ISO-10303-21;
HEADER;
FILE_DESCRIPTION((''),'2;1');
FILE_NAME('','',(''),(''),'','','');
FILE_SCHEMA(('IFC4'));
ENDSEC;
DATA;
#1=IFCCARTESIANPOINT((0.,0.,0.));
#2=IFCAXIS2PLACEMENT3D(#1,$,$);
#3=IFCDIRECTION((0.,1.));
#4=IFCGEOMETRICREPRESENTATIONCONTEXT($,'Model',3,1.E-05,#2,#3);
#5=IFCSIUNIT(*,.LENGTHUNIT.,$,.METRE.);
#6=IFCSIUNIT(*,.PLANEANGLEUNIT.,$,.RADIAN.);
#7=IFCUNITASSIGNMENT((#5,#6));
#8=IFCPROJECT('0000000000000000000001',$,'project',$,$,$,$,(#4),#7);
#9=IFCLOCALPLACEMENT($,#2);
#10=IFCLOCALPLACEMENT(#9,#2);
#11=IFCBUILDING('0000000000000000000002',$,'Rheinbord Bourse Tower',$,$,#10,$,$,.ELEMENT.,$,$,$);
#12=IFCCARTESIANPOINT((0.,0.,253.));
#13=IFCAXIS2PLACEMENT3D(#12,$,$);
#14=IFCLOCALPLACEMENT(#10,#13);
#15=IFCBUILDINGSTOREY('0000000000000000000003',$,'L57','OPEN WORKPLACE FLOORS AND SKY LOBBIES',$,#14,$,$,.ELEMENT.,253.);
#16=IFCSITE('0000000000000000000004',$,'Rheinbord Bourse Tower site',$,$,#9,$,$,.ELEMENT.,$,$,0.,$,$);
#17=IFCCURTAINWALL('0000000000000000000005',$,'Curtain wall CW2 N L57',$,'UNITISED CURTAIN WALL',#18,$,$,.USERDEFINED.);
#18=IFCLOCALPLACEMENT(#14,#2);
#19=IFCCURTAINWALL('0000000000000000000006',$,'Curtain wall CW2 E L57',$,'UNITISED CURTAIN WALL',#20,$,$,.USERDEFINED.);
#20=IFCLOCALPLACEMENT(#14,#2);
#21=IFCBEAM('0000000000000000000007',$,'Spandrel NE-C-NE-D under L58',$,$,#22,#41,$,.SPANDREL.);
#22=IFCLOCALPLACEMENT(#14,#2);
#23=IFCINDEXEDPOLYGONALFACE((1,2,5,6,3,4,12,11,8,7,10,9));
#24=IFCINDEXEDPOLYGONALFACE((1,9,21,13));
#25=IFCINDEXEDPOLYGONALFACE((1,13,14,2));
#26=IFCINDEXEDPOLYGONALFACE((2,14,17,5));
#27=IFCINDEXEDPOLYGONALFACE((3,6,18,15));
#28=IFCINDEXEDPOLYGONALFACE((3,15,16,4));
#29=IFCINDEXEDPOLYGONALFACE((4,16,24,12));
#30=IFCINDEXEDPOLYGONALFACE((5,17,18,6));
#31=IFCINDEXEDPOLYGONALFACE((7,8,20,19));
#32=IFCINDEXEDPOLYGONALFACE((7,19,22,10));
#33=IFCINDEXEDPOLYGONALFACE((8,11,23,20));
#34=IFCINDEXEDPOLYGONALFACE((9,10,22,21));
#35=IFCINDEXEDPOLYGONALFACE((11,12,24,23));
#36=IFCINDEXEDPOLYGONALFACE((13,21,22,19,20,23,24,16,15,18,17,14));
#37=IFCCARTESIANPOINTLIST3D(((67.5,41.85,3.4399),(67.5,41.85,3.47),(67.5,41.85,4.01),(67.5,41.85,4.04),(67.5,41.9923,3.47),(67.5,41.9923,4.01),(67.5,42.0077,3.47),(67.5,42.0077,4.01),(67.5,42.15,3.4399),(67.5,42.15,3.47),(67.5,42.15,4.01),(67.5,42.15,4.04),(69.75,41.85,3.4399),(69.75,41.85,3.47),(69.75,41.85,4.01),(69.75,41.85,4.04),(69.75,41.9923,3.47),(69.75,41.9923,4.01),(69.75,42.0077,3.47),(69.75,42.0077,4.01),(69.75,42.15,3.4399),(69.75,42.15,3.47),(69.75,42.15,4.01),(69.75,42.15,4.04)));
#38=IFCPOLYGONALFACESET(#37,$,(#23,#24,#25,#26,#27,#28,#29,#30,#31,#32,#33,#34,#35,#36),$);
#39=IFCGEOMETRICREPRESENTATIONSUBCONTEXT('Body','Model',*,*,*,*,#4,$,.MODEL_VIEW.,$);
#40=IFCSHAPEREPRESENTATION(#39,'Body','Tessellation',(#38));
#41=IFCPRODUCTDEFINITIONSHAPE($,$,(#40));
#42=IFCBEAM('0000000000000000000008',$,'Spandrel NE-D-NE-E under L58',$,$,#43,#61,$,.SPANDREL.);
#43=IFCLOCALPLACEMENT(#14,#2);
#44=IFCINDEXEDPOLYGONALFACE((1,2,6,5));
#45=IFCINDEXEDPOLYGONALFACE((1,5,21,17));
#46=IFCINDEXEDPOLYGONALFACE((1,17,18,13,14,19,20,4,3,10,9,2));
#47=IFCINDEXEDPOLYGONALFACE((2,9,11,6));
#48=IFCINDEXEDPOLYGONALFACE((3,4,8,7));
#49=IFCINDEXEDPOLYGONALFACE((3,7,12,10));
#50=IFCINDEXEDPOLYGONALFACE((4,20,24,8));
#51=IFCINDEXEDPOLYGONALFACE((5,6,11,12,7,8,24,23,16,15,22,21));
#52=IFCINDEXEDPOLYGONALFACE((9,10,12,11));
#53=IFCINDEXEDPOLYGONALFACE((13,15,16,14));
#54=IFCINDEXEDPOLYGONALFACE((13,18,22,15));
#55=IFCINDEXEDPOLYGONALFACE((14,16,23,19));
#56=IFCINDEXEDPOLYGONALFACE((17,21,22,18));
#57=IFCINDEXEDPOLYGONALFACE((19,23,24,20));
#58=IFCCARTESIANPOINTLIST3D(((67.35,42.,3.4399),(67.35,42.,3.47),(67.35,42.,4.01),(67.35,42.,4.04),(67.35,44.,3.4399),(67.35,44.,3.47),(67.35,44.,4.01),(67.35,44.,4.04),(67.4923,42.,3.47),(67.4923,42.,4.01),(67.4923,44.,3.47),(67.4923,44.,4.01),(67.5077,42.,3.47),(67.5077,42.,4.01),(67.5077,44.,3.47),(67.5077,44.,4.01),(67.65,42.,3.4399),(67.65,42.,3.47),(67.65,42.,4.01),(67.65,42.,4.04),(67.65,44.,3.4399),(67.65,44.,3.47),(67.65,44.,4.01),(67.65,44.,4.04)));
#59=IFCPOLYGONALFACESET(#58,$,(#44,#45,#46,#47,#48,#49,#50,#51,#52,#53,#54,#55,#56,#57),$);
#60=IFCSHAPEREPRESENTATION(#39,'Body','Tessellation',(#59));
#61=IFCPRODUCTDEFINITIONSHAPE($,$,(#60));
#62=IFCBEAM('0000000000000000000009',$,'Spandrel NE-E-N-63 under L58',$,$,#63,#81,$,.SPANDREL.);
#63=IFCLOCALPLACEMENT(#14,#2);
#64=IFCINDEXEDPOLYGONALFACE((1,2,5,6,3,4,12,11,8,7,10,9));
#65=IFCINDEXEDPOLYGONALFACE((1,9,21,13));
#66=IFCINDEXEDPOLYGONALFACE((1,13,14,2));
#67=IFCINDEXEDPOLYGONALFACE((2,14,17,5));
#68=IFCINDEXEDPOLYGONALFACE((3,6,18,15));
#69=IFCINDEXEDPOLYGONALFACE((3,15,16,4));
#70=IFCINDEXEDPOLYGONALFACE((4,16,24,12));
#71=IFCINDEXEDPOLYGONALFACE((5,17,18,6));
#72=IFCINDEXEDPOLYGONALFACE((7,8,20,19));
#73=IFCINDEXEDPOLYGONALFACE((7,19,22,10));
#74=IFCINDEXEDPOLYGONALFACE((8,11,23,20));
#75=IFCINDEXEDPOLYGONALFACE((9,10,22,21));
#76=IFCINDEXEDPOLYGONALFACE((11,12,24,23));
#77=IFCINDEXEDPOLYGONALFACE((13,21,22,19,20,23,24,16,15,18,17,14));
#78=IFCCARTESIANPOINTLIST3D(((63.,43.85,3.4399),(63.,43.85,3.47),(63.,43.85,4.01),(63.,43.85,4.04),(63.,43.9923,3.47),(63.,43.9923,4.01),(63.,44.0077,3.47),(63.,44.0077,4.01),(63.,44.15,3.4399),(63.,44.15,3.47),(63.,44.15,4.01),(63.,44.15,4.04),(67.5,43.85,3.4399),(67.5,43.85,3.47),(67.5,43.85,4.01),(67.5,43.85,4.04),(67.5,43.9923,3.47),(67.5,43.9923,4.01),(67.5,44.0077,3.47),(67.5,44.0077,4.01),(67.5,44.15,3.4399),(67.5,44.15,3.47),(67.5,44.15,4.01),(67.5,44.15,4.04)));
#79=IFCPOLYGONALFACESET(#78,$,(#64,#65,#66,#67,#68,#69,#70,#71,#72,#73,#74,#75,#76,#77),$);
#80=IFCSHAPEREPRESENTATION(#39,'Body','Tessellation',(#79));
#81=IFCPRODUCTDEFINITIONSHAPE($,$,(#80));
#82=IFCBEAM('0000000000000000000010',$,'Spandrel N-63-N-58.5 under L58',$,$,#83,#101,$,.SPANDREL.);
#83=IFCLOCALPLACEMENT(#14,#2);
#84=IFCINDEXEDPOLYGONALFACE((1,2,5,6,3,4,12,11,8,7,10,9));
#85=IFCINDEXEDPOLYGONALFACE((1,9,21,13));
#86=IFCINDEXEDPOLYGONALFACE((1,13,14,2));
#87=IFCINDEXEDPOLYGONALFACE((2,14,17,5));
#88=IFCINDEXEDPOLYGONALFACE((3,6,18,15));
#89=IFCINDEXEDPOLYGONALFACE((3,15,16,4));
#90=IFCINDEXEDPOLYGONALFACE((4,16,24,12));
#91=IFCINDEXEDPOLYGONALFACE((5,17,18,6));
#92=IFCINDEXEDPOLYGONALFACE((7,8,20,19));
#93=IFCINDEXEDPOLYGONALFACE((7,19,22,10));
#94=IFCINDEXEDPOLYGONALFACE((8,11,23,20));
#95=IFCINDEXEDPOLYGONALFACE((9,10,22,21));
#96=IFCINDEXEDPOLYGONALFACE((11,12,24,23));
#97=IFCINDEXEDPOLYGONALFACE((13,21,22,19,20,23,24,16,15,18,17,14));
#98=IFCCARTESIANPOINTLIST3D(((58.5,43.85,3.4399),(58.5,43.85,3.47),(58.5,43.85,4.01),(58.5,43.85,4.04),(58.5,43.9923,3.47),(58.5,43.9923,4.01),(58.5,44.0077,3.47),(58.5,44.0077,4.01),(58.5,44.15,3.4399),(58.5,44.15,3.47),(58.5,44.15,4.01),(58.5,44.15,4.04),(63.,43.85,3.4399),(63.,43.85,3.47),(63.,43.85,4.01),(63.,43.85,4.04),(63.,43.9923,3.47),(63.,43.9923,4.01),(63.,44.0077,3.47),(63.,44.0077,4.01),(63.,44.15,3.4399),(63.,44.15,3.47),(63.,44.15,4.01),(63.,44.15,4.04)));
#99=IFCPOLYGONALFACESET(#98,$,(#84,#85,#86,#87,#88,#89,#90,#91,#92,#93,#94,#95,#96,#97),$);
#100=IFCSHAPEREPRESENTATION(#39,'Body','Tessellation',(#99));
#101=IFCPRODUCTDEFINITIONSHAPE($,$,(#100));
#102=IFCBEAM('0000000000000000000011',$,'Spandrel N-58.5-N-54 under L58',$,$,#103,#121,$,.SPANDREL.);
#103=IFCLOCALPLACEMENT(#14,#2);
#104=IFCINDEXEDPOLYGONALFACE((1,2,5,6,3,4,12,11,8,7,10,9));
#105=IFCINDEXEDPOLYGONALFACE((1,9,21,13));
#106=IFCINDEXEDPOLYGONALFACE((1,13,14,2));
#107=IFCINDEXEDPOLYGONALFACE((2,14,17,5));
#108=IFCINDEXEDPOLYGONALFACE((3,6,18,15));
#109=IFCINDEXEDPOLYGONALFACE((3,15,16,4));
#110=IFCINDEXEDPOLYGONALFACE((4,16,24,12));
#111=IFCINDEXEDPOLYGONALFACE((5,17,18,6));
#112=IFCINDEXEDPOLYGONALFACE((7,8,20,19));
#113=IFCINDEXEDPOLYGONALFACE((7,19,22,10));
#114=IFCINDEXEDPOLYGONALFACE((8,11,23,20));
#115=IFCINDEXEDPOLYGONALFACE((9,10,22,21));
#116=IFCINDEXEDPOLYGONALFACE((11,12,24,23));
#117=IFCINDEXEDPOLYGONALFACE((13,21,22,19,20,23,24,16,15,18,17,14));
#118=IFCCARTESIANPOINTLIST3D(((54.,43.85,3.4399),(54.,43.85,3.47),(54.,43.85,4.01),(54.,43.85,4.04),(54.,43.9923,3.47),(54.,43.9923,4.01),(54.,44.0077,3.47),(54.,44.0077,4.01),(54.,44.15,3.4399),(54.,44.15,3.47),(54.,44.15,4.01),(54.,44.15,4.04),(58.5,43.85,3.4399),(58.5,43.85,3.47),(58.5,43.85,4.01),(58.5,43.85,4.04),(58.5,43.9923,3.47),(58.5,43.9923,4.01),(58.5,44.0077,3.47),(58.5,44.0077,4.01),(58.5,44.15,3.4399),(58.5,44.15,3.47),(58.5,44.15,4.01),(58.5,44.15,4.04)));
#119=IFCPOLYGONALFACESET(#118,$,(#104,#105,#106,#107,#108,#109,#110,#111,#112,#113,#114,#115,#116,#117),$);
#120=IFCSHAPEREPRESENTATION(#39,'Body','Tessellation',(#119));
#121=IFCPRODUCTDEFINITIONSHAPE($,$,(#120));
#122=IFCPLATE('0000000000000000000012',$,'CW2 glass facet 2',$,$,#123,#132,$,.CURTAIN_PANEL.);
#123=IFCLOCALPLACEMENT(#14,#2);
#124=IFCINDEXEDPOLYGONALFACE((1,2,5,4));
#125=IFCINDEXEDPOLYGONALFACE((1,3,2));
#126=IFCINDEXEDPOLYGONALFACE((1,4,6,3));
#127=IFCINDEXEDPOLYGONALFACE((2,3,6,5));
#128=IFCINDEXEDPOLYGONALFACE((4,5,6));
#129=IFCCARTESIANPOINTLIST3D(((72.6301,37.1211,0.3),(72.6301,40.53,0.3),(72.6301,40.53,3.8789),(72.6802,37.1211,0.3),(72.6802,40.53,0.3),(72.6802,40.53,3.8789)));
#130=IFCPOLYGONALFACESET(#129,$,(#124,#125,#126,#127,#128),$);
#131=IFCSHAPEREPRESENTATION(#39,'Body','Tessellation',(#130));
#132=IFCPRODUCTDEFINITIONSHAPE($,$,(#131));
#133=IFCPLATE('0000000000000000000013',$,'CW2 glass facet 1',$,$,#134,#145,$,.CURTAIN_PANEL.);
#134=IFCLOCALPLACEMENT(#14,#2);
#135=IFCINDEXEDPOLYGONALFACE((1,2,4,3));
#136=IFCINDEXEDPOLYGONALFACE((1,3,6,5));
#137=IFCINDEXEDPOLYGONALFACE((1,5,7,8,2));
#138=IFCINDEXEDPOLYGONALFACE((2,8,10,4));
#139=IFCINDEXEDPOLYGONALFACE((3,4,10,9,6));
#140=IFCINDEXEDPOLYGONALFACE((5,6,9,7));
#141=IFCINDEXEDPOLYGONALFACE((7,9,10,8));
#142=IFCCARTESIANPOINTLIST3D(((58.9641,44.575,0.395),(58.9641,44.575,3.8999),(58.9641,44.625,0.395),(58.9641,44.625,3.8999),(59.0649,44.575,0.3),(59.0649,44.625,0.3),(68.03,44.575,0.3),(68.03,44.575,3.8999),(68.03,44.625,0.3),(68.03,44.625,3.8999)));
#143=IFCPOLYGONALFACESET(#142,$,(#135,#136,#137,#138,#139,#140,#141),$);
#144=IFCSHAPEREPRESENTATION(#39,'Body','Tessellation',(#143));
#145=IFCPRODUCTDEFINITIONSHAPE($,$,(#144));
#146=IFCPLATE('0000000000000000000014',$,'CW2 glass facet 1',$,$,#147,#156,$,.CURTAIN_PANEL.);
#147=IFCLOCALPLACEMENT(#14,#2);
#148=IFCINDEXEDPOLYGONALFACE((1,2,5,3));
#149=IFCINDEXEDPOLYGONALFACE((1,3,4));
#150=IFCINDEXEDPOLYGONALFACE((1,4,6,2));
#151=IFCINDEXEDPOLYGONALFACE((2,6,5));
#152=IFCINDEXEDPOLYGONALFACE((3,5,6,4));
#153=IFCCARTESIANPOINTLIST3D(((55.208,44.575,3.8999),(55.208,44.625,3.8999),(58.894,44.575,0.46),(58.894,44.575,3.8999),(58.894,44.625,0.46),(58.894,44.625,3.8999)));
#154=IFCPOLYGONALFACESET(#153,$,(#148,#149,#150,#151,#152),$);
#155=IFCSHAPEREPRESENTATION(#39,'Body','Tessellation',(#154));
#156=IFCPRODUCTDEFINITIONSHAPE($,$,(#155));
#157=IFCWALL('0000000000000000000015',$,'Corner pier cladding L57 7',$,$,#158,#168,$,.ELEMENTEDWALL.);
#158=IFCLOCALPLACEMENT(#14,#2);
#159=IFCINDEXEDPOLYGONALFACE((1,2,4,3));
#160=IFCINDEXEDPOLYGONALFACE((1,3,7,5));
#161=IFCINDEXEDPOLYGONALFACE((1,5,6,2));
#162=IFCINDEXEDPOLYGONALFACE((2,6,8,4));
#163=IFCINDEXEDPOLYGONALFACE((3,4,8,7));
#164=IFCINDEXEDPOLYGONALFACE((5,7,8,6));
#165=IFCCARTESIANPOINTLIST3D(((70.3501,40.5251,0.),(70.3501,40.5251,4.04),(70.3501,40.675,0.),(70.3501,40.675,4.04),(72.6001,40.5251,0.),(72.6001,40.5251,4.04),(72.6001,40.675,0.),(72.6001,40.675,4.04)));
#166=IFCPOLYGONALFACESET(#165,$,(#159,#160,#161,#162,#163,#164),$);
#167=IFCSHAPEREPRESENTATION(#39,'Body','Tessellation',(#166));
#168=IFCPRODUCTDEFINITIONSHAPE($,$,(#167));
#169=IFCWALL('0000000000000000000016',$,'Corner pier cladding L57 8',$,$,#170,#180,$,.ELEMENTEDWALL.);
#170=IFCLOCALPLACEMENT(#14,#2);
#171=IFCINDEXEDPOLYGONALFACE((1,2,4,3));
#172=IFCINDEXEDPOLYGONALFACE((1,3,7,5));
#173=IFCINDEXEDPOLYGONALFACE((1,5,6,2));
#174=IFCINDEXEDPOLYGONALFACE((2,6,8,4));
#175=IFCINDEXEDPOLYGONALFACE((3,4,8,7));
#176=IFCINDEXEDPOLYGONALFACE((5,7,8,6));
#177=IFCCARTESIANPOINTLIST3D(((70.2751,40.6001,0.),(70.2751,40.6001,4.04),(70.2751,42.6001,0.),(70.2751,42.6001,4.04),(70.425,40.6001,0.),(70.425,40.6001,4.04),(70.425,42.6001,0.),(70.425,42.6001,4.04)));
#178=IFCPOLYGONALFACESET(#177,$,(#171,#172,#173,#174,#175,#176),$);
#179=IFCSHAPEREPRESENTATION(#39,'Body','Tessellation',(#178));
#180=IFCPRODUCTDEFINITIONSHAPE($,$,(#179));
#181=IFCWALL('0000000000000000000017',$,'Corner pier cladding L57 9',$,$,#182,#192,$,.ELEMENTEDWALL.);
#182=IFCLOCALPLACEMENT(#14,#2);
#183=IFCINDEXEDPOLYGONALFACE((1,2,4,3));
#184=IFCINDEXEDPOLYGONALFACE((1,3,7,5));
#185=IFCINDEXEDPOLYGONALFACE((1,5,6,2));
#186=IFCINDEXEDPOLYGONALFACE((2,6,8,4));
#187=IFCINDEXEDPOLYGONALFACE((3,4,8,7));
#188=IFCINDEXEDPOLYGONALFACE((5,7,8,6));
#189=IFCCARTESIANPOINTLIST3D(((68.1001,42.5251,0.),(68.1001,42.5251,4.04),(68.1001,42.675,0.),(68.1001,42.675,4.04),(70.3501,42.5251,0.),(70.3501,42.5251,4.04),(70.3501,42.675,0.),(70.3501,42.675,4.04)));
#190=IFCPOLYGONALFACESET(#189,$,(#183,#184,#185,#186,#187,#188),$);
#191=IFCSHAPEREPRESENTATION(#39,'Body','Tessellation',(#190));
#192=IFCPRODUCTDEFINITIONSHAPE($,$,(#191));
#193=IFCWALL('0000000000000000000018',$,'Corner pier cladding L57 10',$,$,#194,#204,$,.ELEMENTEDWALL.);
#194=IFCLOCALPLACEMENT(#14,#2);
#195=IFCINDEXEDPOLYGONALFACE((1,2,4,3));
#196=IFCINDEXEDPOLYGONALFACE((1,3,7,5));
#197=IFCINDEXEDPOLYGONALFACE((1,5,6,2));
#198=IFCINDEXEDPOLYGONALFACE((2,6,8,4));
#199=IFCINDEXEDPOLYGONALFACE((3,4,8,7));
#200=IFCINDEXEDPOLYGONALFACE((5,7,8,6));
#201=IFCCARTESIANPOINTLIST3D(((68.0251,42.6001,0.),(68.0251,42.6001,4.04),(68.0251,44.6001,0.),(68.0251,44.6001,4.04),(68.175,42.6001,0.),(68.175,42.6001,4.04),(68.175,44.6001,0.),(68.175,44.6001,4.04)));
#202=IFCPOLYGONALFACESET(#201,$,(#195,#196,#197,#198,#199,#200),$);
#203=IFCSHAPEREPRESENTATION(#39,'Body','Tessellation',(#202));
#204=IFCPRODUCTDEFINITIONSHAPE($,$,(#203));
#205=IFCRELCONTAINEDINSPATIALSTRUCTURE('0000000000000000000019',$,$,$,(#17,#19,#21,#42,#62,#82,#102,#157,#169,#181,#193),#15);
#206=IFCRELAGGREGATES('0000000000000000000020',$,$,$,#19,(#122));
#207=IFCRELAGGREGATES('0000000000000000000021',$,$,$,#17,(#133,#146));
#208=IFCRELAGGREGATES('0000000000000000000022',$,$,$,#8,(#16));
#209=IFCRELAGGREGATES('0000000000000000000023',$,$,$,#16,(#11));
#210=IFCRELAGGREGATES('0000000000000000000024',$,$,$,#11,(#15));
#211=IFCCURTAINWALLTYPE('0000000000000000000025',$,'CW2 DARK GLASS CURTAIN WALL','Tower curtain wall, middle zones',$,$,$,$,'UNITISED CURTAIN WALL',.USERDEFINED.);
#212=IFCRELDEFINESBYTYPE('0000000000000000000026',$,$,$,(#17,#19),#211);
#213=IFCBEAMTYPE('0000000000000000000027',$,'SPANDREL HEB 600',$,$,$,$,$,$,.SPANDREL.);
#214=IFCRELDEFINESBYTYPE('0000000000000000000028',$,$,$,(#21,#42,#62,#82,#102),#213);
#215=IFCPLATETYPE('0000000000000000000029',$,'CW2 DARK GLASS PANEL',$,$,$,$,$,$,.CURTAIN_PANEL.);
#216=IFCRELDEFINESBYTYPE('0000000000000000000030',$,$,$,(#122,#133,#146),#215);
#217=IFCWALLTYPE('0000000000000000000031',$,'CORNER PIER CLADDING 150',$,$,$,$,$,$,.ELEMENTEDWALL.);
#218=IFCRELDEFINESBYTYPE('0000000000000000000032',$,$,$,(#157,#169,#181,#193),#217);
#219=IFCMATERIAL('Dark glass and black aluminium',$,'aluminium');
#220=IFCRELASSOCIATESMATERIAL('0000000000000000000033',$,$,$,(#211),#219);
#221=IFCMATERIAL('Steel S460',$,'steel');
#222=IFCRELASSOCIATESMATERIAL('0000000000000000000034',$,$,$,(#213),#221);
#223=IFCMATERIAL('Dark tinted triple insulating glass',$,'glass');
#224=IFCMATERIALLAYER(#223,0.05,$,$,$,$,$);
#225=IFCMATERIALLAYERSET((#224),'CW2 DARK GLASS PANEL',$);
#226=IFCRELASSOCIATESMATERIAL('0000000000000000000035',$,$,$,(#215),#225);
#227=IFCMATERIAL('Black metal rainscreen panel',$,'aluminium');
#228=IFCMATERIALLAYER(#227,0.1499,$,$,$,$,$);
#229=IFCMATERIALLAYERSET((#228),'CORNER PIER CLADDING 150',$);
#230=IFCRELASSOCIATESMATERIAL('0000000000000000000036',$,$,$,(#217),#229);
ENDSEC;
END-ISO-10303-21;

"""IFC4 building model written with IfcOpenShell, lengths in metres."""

from ifc_helpers import new_model, si_unit, direction, frame, frame_2d, origin, origin_2d, place, context, subcontext, project, spatial, polyline, rectangle, i_section, outline, extrude, material, layer, layer_set, material_profile, profile_set, type_object, element, aggregate, save


model = new_model("IFC4")

# Units and contexts
model_context = context("Model", 3, precision=1e-05, world=origin(), true_north=direction((0.0, 1.0)))
body_context = subcontext(model_context, "Body", "Model", "MODEL_VIEW")
ifc_project = project(units=[si_unit("LENGTHUNIT", "METRE"), si_unit("PLANEANGLEUNIT", "RADIAN")], contexts=[model_context])

# Site, building, storey
site_placement = place(None, origin())
site = spatial("IfcSite", under=ifc_project, at=site_placement, Name="Rheinbord Bourse Tower site", CompositionType="ELEMENT", RefElevation=0.0)
building_placement = place(site_placement, origin())
building = spatial("IfcBuilding", under=site, at=building_placement, Name="Rheinbord Bourse Tower", CompositionType="ELEMENT")
storey_placement = place(building_placement, frame((0.0, 0.0, 253.0)))
storey = spatial("IfcBuildingStorey", under=building, at=storey_placement, Name="L57", Description="OPEN WORKPLACE FLOORS AND SKY LOBBIES", CompositionType="ELEMENT", Elevation=253.0)

# Curtain walls
ifc_material_1 = material(Name="Dark glass and black aluminium", Category="aluminium")
curtain_wall_type = type_object("IfcCurtainWallType", Name="CW2 DARK GLASS CURTAIN WALL", Description="Tower curtain wall, middle zones", ElementType="UNITISED CURTAIN WALL", PredefinedType="USERDEFINED", material=ifc_material_1)
curtain_wall_1_placement = place(storey_placement, origin())
curtain_wall_1 = element("IfcCurtainWall", 1, at=curtain_wall_1_placement, inside=storey, type_object=curtain_wall_type, Name="Curtain wall CW2 N L57", ObjectType="UNITISED CURTAIN WALL", PredefinedType="USERDEFINED")
curtain_wall_2_placement = place(storey_placement, origin())
curtain_wall_2 = element("IfcCurtainWall", 2, at=curtain_wall_2_placement, inside=storey, type_object=curtain_wall_type, Name="Curtain wall CW2 E L57", ObjectType="UNITISED CURTAIN WALL", PredefinedType="USERDEFINED")

# Beams
ifc_material_2 = material(Name="Steel S460", Category="steel")
ifc_material_profile_1 = material_profile(ifc_material_2, i_section(OverallWidth=0.3, OverallDepth=0.6001, WebThickness=0.0154, FlangeThickness=0.03, at=origin_2d()), Name="HEB 600")
ifc_profile_set_1 = profile_set([ifc_material_profile_1], Name="Steel S460")
beam_type_1 = type_object("IfcBeamType", Name="SPANDREL HEB 600", PredefinedType="SPANDREL", material=ifc_profile_set_1)
for number, where, z_axis, x_axis, name in (
    (3, (69.75, 42.0, 3.74), (-1.0, 0.0, 0.0), (0.0, -1.0, 0.0), "Spandrel NE-C-NE-D under L58"),
):
    element("IfcBeam", number, at=place(storey_placement, frame(where, z_axis=z_axis, x_axis=x_axis)), inside=storey, type_object=beam_type_1, Name=name, PredefinedType="SPANDREL", context=body_context, shape_type="SweptSolid", body=[
        extrude(i_section(OverallWidth=0.3, OverallDepth=0.6001, WebThickness=0.0154, FlangeThickness=0.03, at=origin_2d()), origin(), (0.0, 0.0, 1.0), 2.25),
    ])
beam_placement = place(storey_placement, frame((67.5, 42.0, 3.74), z_axis=(0.0, 1.0, 0.0), x_axis=(-1.0, 0.0, 0.0)))
element("IfcBeam", 4, at=beam_placement, inside=storey, type_object=beam_type_1, Name="Spandrel NE-D-NE-E under L58", PredefinedType="SPANDREL", context=body_context, shape_type="SweptSolid", body=[
    extrude(i_section(OverallWidth=0.3, OverallDepth=0.6001, WebThickness=0.0154, FlangeThickness=0.03, at=origin_2d()), origin(), (0.0, 0.0, 1.0), 2.0),
])
for number, where, z_axis, x_axis, name in (
    (5, (67.5, 44.0, 3.74), (-1.0, 0.0, 0.0), (0.0, -1.0, 0.0), "Spandrel NE-E-N-63 under L58"),
    (6, (63.0, 44.0, 3.74), (-1.0, 0.0, 0.0), (0.0, -1.0, 0.0), "Spandrel N-63-N-58.5 under L58"),
    (7, (58.5, 44.0, 3.74), (-1.0, 0.0, 0.0), (0.0, -1.0, 0.0), "Spandrel N-58.5-N-54 under L58"),
):
    element("IfcBeam", number, at=place(storey_placement, frame(where, z_axis=z_axis, x_axis=x_axis)), inside=storey, type_object=beam_type_1, Name=name, PredefinedType="SPANDREL", context=body_context, shape_type="SweptSolid", body=[
        extrude(i_section(OverallWidth=0.3, OverallDepth=0.6001, WebThickness=0.0154, FlangeThickness=0.03, at=origin_2d()), origin(), (0.0, 0.0, 1.0), 4.5),
    ])

# Plates
ifc_material_3 = material(Name="Dark tinted triple insulating glass", Category="glass")
ifc_layer_1 = layer(ifc_material_3, 0.05)
ifc_layer_set_1 = layer_set([ifc_layer_1], Name="CW2 DARK GLASS PANEL")
plate_type = type_object("IfcPlateType", Name="CW2 DARK GLASS PANEL", PredefinedType="CURTAIN_PANEL", material=ifc_layer_set_1)
plate_1_placement = place(storey_placement, frame((72.6802, 40.53, 0.3), z_axis=(-1.0, 0.0, 0.0), x_axis=(0.0, -1.0, 0.0)))
plate_1 = element("IfcPlate", 8, at=plate_1_placement, type_object=plate_type, Name="CW2 glass facet 2", PredefinedType="CURTAIN_PANEL", context=body_context, shape_type="SweptSolid", body=[
    extrude(outline(polyline([(0.0, 0.0), (3.4089, 0.0), (0.0, 3.5789), (0.0, 0.0)])), origin(), (0.0, 0.0, 1.0), 0.05),
])
aggregate(curtain_wall_2, [plate_1])
plate_2_placement = place(storey_placement, frame((68.03, 44.625, 0.3), z_axis=(0.0, -1.0, 0.0), x_axis=(0.0, 0.0, 1.0)))
plate_2 = element("IfcPlate", 9, at=plate_2_placement, type_object=plate_type, Name="CW2 glass facet 1", PredefinedType="CURTAIN_PANEL", context=body_context, shape_type="SweptSolid", body=[
    extrude(outline(polyline([(0.0, 0.0), (3.5999, 0.0), (3.5999, 9.0659), (0.095, 9.0659), (0.0, 8.9651), (0.0, 0.0)])), origin(), (0.0, 0.0, 1.0), 0.05),
])
plate_3_placement = place(storey_placement, frame((58.894, 44.625, 3.8999), z_axis=(0.0, -1.0, 0.0), x_axis=(-1.0, 0.0, 0.0)))
plate_3 = element("IfcPlate", 10, at=plate_3_placement, type_object=plate_type, Name="CW2 glass facet 1", PredefinedType="CURTAIN_PANEL", context=body_context, shape_type="SweptSolid", body=[
    extrude(outline(polyline([(0.0, 0.0), (3.686, 0.0), (0.0, 3.4399), (0.0, 0.0)])), origin(), (0.0, 0.0, 1.0), 0.05),
])
aggregate(curtain_wall_1, [plate_2, plate_3])

# Walls
ifc_material_4 = material(Name="Black metal rainscreen panel", Category="aluminium")
ifc_layer_2 = layer(ifc_material_4, 0.1499)
ifc_layer_set_2 = layer_set([ifc_layer_2], Name="CORNER PIER CLADDING 150")
wall_type = type_object("IfcWallType", Name="CORNER PIER CLADDING 150", PredefinedType="ELEMENTEDWALL", material=ifc_layer_set_2)
wall_1_placement = place(storey_placement, frame((72.6001, 40.6001, 0.0), z_axis=(0.0, 0.0, 1.0), x_axis=(-1.0, 0.0, 0.0)))
element("IfcWall", 11, at=wall_1_placement, inside=storey, type_object=wall_type, Name="Corner pier cladding L57 7", PredefinedType="ELEMENTEDWALL", context=body_context, shape_type="SweptSolid", body=[
    extrude(rectangle(XDim=2.25, YDim=0.1499, at=frame_2d((1.125, 0.0))), origin(), (0.0, 0.0, 1.0), 4.04),
])
wall_2_placement = place(storey_placement, frame((70.3501, 40.6001, 0.0), z_axis=(0.0, 0.0, 1.0), x_axis=(0.0, 1.0, 0.0)))
element("IfcWall", 12, at=wall_2_placement, inside=storey, type_object=wall_type, Name="Corner pier cladding L57 8", PredefinedType="ELEMENTEDWALL", context=body_context, shape_type="SweptSolid", body=[
    extrude(rectangle(XDim=2.0, YDim=0.1499, at=frame_2d((1.0, 0.0))), origin(), (0.0, 0.0, 1.0), 4.04),
])
wall_3_placement = place(storey_placement, frame((70.3501, 42.6001, 0.0), z_axis=(0.0, 0.0, 1.0), x_axis=(-1.0, 0.0, 0.0)))
element("IfcWall", 13, at=wall_3_placement, inside=storey, type_object=wall_type, Name="Corner pier cladding L57 9", PredefinedType="ELEMENTEDWALL", context=body_context, shape_type="SweptSolid", body=[
    extrude(rectangle(XDim=2.25, YDim=0.1499, at=frame_2d((1.125, 0.0))), origin(), (0.0, 0.0, 1.0), 4.04),
])
wall_4_placement = place(storey_placement, frame((68.1001, 42.6001, 0.0), z_axis=(0.0, 0.0, 1.0), x_axis=(0.0, 1.0, 0.0)))
element("IfcWall", 14, at=wall_4_placement, inside=storey, type_object=wall_type, Name="Corner pier cladding L57 10", PredefinedType="ELEMENTEDWALL", context=body_context, shape_type="SweptSolid", body=[
    extrude(rectangle(XDim=2.0, YDim=0.1499, at=frame_2d((1.0, 0.0))), origin(), (0.0, 0.0, 1.0), 4.04),
])

save(model, "model.ifc")
